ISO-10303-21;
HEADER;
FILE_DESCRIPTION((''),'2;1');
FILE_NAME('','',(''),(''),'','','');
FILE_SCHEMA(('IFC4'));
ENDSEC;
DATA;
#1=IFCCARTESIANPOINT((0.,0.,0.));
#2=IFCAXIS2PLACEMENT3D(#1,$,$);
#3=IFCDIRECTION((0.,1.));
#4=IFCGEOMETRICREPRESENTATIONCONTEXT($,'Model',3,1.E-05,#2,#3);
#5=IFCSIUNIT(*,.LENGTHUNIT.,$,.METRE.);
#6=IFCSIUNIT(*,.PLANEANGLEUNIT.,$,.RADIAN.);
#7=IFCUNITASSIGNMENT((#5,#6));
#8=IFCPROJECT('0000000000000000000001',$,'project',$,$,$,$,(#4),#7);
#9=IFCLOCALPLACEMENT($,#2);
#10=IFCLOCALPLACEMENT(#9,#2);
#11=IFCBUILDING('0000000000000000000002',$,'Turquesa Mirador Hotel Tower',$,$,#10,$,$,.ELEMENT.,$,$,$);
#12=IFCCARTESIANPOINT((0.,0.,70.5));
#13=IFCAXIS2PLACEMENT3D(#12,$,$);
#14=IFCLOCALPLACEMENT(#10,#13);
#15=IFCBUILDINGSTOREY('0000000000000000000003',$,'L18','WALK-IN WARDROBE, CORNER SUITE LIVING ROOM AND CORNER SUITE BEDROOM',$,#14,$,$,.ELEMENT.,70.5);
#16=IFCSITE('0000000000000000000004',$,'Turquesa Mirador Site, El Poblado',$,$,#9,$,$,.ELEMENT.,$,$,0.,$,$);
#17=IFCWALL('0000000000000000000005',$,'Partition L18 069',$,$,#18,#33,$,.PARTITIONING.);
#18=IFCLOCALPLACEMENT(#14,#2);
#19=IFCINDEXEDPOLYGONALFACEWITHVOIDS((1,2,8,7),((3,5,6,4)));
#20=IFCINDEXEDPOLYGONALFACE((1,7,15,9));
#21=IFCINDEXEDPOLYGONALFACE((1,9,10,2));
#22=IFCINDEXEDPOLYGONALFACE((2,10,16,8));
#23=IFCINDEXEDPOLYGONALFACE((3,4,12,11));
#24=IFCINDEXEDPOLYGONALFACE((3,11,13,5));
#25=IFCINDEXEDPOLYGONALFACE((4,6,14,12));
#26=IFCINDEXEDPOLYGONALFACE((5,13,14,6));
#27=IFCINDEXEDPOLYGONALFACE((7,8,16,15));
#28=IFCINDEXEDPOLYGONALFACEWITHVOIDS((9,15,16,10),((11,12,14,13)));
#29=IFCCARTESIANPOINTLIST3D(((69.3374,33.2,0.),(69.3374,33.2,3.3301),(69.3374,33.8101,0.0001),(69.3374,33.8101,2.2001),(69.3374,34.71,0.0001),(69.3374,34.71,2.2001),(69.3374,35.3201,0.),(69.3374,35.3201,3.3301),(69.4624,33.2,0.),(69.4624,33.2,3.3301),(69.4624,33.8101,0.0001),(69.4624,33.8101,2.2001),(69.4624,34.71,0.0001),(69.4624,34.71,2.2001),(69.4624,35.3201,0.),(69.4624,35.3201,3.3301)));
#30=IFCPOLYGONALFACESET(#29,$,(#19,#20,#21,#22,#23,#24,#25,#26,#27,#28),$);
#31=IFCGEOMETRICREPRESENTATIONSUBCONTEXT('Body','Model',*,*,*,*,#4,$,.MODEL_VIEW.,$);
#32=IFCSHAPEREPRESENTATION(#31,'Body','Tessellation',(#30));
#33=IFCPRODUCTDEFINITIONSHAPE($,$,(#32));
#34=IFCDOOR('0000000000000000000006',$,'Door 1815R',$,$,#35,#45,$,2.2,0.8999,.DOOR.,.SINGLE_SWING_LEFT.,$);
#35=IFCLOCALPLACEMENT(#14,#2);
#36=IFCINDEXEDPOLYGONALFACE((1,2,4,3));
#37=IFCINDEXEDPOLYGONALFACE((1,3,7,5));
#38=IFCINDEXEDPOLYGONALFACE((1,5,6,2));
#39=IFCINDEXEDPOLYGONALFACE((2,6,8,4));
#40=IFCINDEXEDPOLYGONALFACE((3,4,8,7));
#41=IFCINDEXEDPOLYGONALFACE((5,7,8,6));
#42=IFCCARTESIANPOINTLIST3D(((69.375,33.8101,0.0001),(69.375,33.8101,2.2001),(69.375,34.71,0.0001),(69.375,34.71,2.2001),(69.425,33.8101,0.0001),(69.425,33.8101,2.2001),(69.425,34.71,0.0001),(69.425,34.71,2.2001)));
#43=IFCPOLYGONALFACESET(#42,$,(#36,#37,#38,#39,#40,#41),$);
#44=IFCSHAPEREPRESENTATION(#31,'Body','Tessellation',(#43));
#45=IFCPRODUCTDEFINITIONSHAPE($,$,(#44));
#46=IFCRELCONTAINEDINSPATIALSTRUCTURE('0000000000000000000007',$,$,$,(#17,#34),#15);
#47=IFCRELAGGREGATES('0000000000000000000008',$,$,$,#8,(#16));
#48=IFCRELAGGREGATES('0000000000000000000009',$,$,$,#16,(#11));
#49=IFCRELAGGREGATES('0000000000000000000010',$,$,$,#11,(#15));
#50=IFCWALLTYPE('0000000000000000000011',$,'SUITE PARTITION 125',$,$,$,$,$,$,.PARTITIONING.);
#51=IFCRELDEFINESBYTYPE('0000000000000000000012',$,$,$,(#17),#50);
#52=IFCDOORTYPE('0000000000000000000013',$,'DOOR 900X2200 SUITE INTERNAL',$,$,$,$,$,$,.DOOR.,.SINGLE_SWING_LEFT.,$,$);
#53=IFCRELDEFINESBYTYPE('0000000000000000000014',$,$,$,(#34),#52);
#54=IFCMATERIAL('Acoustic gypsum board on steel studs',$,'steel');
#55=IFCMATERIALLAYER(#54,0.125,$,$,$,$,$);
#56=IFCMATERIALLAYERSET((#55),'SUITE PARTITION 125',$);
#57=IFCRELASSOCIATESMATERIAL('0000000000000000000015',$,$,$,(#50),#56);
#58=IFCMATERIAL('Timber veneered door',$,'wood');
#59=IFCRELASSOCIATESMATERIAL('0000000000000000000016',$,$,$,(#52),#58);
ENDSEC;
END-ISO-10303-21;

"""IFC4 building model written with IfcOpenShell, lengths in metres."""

from ifc_helpers import new_model, si_unit, direction, frame, frame_2d, origin, place, context, subcontext, project, spatial, rectangle, extrude, material, layer, layer_set, type_object, element, fill, save


model = new_model("IFC4")

# Units and contexts
model_context = context("Model", 3, precision=1e-05, world=origin(), true_north=direction((0.0, 1.0)))
body_context = subcontext(model_context, "Body", "Model", "MODEL_VIEW")
ifc_project = project(units=[si_unit("LENGTHUNIT", "METRE"), si_unit("PLANEANGLEUNIT", "RADIAN")], contexts=[model_context])

# Site, building, storey
site_placement = place(None, origin())
site = spatial("IfcSite", under=ifc_project, at=site_placement, Name="Turquesa Mirador Site, El Poblado", CompositionType="ELEMENT", RefElevation=0.0)
building_placement = place(site_placement, origin())
building = spatial("IfcBuilding", under=site, at=building_placement, Name="Turquesa Mirador Hotel Tower", CompositionType="ELEMENT")
storey_placement = place(building_placement, frame((0.0, 0.0, 70.5)))
storey = spatial("IfcBuildingStorey", under=building, at=storey_placement, Name="L18", Description="WALK-IN WARDROBE, CORNER SUITE LIVING ROOM AND CORNER SUITE BEDROOM", CompositionType="ELEMENT", Elevation=70.5)

# Wall, opening, door
ifc_material_1 = material(Name="Acoustic gypsum board on steel studs", Category="steel")
ifc_layer_1 = layer(ifc_material_1, 0.125)
ifc_layer_set_1 = layer_set([ifc_layer_1], Name="SUITE PARTITION 125")
wall_type_1 = type_object("IfcWallType", Name="SUITE PARTITION 125", PredefinedType="PARTITIONING", material=ifc_layer_set_1)
ifc_material_2 = material(Name="Timber veneered door", Category="wood")
door_type_1 = type_object("IfcDoorType", Name="DOOR 900X2200 SUITE INTERNAL", OperationType="SINGLE_SWING_LEFT", PredefinedType="DOOR", material=ifc_material_2)
wall_1_placement = place(storey_placement, frame((69.3999, 33.2, 0.0), z_axis=(0.0, 0.0, 1.0), x_axis=(0.0, 1.0, 0.0)))
wall_1 = element("IfcWall", 1, at=wall_1_placement, inside=storey, type_object=wall_type_1, Name="Partition L18 069", PredefinedType="PARTITIONING", context=body_context, shape_type="SweptSolid", body=[
    extrude(rectangle(XDim=2.1201, YDim=0.125, at=frame_2d((1.0601, 0.0))), origin(), (0.0, 0.0, 1.0), 3.3301),
])
opening_1_placement = place(wall_1_placement, frame((0.6101, 0.0, 0.0)))
opening_1 = element("IfcOpeningElement", 2, at=opening_1_placement, cuts=wall_1, PredefinedType="OPENING", context=body_context, shape_type="SweptSolid", body=[
    extrude(rectangle(XDim=0.8999, YDim=2.2, at=frame_2d((0.45, 1.1001))), frame((0.0, 0.0725, 0.0), z_axis=(0.0, -1.0, 0.0), x_axis=(1.0, 0.0, 0.0)), (0.0, 0.0, 1.0), 0.145),
])
door_1_placement = place(opening_1_placement, origin())
door_1 = element("IfcDoor", 3, at=door_1_placement, inside=storey, type_object=door_type_1, Name="Door 1815R", OperationType="SINGLE_SWING_LEFT", OverallHeight=2.2, OverallWidth=0.8999, PredefinedType="DOOR", context=body_context, shape_type="SweptSolid", body=[
    extrude(rectangle(XDim=0.8999, YDim=2.2, at=frame_2d((0.45, 1.1001))), frame((0.0, 0.0249, 0.0), z_axis=(0.0, -1.0, 0.0), x_axis=(1.0, 0.0, 0.0)), (0.0, 0.0, 1.0), 0.05),
])
fill(opening_1, door_1)

save(model, "model.ifc")
